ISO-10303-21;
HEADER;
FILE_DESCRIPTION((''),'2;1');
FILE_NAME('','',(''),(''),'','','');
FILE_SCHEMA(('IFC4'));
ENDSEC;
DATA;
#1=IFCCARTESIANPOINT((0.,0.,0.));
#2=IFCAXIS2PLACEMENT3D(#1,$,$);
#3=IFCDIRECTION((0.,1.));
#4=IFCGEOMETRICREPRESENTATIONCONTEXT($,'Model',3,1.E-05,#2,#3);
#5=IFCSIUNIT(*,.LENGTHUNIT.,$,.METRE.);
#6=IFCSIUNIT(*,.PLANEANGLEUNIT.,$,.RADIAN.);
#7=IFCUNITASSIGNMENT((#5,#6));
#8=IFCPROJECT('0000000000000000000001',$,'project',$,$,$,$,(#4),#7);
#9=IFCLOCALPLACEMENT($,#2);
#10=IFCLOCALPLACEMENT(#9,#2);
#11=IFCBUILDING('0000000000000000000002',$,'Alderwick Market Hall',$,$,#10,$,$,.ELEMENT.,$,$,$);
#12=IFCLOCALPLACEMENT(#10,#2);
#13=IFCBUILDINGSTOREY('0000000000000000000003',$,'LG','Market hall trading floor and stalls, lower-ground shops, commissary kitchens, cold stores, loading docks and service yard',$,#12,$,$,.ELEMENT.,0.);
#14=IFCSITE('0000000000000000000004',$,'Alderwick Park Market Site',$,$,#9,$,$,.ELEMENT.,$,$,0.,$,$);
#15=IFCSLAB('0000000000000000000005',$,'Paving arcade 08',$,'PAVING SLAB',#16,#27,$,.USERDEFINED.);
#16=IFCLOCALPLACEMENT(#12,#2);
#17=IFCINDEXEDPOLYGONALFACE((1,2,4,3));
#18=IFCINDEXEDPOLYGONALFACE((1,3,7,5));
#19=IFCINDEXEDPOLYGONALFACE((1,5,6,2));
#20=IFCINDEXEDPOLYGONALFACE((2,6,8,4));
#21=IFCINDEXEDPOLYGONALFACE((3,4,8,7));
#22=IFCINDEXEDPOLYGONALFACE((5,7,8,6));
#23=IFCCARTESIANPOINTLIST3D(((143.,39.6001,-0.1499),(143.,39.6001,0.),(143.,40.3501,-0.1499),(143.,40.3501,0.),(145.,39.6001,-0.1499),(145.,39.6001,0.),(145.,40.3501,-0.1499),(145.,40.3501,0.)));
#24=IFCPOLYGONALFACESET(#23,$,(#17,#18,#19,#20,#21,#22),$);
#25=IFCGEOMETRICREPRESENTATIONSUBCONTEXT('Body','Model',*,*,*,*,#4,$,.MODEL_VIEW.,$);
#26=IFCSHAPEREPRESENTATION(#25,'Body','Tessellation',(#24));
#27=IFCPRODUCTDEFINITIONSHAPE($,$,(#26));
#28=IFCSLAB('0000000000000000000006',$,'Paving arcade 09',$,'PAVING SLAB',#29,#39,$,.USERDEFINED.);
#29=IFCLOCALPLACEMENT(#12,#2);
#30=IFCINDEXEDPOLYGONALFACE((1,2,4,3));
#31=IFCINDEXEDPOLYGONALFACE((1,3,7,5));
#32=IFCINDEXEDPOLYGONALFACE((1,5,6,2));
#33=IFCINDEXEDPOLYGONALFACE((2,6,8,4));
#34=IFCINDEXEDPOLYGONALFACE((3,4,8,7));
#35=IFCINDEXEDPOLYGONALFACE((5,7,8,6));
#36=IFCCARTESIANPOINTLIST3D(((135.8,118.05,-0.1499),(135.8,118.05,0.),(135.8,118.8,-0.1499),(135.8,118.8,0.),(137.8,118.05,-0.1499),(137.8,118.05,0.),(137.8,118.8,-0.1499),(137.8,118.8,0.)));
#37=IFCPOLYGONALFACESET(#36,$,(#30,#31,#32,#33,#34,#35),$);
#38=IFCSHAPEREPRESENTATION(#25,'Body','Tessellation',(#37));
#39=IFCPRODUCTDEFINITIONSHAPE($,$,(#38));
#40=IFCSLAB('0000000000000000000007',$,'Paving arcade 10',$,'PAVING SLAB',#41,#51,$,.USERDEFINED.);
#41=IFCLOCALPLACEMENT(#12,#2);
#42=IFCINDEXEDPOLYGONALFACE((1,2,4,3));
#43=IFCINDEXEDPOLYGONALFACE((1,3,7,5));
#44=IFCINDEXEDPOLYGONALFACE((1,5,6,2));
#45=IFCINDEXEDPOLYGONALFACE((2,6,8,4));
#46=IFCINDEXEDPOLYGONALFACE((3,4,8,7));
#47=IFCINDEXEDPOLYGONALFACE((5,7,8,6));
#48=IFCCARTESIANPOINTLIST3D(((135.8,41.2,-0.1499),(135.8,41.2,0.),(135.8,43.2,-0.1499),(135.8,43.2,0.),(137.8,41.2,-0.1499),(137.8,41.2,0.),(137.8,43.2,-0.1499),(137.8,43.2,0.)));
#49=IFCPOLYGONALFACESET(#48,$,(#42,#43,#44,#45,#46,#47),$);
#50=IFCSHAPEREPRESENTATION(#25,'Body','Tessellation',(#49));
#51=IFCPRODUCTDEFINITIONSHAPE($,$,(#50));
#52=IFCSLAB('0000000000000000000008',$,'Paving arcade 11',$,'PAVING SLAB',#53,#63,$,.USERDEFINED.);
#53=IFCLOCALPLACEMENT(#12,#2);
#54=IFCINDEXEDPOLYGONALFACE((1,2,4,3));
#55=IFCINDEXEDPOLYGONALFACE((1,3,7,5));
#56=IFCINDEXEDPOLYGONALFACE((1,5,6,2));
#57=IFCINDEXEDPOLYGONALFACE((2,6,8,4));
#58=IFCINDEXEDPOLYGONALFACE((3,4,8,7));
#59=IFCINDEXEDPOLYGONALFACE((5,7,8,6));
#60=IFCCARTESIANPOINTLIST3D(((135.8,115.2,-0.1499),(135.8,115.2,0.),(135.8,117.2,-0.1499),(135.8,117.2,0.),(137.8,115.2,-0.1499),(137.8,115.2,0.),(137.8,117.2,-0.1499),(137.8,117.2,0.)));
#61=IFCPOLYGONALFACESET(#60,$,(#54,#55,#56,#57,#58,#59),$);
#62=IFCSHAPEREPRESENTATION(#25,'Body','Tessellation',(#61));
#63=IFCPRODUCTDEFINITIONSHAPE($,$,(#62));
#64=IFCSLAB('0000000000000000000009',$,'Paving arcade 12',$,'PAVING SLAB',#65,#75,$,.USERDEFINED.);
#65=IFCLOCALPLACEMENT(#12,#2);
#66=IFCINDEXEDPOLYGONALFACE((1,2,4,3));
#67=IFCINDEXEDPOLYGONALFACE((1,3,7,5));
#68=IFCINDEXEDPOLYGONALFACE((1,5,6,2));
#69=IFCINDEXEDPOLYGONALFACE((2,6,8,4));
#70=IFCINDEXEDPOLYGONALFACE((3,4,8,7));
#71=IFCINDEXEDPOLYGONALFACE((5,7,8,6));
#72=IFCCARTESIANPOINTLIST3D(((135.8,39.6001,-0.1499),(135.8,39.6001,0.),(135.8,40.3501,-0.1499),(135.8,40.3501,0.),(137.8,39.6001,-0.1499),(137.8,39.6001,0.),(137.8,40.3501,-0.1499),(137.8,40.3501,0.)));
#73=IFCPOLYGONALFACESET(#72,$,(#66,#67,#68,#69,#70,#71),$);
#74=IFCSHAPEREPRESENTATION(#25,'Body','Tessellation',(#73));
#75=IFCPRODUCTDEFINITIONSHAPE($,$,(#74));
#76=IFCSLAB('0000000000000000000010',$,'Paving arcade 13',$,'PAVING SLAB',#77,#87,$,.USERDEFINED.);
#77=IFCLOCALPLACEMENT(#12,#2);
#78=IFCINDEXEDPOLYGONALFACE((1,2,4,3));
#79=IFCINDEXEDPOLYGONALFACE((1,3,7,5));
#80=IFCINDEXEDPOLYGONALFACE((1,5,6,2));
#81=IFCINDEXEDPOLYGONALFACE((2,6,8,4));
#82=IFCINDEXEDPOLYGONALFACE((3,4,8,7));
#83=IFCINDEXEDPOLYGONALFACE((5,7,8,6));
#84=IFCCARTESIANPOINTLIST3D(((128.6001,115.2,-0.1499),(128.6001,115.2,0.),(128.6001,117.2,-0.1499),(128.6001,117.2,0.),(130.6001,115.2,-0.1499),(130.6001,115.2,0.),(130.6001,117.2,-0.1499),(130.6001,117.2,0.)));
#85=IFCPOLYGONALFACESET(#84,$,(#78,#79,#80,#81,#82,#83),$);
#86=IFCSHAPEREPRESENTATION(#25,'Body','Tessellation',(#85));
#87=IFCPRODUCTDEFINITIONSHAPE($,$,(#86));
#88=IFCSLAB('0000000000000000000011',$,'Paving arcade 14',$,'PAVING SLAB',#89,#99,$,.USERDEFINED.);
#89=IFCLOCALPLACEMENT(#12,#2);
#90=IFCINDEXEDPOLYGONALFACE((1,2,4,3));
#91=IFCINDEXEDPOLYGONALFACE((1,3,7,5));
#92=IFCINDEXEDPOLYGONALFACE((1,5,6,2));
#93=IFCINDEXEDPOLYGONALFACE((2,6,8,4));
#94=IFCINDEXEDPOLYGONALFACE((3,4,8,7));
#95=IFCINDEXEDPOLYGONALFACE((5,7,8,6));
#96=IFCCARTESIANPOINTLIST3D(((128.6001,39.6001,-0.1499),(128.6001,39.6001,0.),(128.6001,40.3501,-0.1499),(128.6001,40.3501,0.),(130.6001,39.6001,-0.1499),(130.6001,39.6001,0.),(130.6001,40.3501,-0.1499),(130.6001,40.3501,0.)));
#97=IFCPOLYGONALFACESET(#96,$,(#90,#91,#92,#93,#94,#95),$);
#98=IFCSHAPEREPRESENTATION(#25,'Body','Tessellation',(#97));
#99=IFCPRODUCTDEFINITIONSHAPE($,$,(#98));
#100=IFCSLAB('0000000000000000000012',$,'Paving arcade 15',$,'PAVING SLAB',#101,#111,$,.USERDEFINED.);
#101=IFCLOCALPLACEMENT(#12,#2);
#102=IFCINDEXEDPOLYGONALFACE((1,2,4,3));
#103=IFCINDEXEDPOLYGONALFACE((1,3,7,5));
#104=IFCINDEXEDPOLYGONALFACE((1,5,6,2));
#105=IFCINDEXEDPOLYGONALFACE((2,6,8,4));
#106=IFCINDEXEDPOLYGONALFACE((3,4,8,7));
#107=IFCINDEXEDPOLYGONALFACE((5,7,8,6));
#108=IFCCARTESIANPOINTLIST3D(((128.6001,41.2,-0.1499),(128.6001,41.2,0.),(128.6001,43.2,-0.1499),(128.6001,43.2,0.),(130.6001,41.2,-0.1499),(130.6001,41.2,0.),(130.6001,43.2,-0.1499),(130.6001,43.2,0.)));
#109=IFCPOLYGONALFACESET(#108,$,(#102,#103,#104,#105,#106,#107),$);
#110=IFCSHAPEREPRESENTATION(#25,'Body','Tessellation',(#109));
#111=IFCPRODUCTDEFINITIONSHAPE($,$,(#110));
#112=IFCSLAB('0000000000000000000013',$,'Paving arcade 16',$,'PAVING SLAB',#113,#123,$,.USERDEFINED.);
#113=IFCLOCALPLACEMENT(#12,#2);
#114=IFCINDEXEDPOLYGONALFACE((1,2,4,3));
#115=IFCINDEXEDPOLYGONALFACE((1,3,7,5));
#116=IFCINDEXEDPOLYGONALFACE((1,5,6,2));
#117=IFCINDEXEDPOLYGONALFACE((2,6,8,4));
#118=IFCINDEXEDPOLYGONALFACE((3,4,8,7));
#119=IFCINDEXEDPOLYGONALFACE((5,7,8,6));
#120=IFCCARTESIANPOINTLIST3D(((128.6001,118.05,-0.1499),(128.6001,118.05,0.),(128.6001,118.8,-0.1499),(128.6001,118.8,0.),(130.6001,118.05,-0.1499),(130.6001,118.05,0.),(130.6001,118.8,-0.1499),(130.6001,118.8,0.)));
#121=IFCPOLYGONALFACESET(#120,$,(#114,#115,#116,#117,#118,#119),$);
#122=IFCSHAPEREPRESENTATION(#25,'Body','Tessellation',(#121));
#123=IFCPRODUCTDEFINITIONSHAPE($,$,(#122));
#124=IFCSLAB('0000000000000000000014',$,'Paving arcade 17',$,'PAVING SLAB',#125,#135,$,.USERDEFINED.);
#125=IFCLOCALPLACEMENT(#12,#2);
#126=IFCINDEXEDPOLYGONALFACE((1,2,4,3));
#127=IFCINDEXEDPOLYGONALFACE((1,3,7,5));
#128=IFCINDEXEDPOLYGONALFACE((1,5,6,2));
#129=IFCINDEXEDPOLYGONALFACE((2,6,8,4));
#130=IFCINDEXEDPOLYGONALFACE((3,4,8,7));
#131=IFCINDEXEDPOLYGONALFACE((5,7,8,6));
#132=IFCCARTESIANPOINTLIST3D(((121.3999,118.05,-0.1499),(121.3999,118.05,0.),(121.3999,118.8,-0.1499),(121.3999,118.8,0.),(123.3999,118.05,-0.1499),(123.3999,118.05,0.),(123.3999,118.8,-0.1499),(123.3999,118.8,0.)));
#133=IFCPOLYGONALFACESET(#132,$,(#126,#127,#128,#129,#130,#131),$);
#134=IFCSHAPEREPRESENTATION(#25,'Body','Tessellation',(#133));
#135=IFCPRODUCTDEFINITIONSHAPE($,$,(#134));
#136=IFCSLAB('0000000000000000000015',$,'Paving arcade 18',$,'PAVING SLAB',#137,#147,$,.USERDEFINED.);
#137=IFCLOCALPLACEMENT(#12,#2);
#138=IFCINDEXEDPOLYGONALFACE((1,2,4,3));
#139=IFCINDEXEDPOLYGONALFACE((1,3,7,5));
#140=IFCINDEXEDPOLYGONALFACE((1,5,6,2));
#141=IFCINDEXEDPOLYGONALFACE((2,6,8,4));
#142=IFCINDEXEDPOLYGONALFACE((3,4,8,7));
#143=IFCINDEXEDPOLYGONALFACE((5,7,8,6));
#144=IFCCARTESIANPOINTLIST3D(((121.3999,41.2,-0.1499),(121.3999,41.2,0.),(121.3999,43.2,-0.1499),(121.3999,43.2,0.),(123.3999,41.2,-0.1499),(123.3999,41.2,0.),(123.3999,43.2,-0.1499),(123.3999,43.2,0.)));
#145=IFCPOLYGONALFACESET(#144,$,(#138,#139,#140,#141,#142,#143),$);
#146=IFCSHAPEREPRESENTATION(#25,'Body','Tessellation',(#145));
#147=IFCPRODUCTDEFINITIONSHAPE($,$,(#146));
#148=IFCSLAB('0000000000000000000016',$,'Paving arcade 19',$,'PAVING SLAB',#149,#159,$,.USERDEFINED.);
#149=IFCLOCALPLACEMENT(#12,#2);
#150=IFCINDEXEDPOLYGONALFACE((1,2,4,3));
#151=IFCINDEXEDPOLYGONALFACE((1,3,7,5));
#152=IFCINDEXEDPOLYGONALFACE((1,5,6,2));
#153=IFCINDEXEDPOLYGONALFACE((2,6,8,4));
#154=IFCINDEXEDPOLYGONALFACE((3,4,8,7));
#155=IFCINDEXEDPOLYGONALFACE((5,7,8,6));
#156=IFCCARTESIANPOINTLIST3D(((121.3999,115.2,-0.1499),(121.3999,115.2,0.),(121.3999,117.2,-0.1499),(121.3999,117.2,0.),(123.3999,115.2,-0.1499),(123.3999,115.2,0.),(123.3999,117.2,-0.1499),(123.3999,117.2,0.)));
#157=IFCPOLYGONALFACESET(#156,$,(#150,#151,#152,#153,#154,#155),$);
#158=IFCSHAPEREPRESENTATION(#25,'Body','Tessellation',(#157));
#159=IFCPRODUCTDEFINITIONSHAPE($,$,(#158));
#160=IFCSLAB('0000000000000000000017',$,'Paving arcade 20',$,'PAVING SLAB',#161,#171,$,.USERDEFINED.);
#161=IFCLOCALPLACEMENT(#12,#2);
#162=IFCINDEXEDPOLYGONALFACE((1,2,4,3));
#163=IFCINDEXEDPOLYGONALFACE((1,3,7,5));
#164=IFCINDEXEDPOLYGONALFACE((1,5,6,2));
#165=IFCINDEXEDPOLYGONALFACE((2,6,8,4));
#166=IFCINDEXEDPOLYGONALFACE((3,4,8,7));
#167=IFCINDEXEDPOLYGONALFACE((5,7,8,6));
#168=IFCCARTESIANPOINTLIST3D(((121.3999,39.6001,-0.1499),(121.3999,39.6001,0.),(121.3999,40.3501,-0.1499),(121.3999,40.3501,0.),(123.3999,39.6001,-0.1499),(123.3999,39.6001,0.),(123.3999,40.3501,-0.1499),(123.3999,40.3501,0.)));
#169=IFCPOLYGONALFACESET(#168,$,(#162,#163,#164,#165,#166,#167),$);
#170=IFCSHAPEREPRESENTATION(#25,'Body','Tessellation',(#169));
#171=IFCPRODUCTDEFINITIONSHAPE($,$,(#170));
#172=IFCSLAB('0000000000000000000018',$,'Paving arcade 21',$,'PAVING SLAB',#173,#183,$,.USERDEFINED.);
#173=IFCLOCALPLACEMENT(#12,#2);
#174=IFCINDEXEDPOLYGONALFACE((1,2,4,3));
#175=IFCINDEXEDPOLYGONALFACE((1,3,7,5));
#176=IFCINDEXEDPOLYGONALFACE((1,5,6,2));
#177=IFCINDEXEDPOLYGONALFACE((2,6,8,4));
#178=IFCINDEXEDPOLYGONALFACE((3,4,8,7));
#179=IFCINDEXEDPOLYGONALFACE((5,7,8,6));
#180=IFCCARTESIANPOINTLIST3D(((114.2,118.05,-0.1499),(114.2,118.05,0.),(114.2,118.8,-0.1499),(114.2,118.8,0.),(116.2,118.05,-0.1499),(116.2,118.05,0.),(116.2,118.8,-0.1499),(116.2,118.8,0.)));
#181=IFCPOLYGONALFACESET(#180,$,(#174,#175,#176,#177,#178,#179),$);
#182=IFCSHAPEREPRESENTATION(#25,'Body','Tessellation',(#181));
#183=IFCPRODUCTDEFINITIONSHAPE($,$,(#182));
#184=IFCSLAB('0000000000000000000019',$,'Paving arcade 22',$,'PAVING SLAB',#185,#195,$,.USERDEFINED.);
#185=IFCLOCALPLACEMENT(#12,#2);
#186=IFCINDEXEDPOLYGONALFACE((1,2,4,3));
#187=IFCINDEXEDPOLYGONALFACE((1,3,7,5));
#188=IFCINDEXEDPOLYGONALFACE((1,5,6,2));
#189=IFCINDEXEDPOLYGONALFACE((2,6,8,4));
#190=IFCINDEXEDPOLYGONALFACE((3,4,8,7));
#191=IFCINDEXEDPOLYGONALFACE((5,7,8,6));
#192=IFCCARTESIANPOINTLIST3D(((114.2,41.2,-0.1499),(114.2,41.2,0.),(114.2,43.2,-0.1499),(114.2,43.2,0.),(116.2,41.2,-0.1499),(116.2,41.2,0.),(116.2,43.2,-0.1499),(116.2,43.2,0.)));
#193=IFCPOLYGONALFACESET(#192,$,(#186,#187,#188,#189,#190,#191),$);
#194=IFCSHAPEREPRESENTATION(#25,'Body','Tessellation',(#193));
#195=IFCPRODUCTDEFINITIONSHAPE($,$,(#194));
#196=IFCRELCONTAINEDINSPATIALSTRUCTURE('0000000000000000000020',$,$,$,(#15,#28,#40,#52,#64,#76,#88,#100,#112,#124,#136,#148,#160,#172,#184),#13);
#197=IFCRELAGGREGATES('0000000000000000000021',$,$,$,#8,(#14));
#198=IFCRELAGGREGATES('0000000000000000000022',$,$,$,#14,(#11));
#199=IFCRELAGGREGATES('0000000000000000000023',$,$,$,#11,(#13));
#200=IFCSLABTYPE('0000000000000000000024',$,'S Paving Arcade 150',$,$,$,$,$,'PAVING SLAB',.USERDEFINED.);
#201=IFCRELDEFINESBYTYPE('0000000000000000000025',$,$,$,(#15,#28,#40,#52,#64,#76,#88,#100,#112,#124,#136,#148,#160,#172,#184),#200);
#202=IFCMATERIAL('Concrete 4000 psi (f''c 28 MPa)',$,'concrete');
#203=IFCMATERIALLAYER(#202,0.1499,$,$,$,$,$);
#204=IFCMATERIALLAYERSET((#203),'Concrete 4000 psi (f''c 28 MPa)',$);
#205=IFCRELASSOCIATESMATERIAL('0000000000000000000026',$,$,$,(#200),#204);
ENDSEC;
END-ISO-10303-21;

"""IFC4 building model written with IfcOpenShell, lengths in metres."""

from ifc_helpers import new_model, si_unit, direction, frame, origin, place, context, subcontext, project, spatial, polyline, outline, extrude, material, layer, layer_set, type_object, element, save


model = new_model("IFC4")

# Units and contexts
model_context = context("Model", 3, precision=1e-05, world=origin(), true_north=direction((0.0, 1.0)))
body_context = subcontext(model_context, "Body", "Model", "MODEL_VIEW")
ifc_project = project(units=[si_unit("LENGTHUNIT", "METRE"), si_unit("PLANEANGLEUNIT", "RADIAN")], contexts=[model_context])

# Site, building, storey
site_placement = place(None, origin())
site = spatial("IfcSite", under=ifc_project, at=site_placement, Name="Alderwick Park Market Site", CompositionType="ELEMENT", RefElevation=0.0)
building_placement = place(site_placement, origin())
building = spatial("IfcBuilding", under=site, at=building_placement, Name="Alderwick Market Hall", CompositionType="ELEMENT")
storey_placement = place(building_placement, origin())
storey = spatial("IfcBuildingStorey", under=building, at=storey_placement, Name="LG", Description="Market hall trading floor and stalls, lower-ground shops, commissary kitchens, cold stores, loading docks and service yard", CompositionType="ELEMENT", Elevation=0.0)

# Slabs
ifc_material = material(Name="Concrete 4000 psi (f'c 28 MPa)", Category="concrete")
ifc_layer = layer(ifc_material, 0.1499)
ifc_layer_set = layer_set([ifc_layer], Name="Concrete 4000 psi (f'c 28 MPa)")
slab_type = type_object("IfcSlabType", Name="S Paving Arcade 150", ElementType="PAVING SLAB", PredefinedType="USERDEFINED", material=ifc_layer_set)
slab_1_placement = place(storey_placement, frame((0.0, 0.0, -0.1499)))
element("IfcSlab", 1, at=slab_1_placement, inside=storey, type_object=slab_type, Name="Paving arcade 08", ObjectType="PAVING SLAB", PredefinedType="USERDEFINED", context=body_context, shape_type="SweptSolid", body=[
    extrude(outline(polyline([(145.0, 39.6001), (145.0, 40.3501), (143.0, 40.3501), (143.0, 39.6001), (145.0, 39.6001)])), origin(), (0.0, 0.0, 1.0), 0.1499),
])
slab_2_placement = place(storey_placement, frame((0.0, 0.0, -0.1499)))
element("IfcSlab", 2, at=slab_2_placement, inside=storey, type_object=slab_type, Name="Paving arcade 09", ObjectType="PAVING SLAB", PredefinedType="USERDEFINED", context=body_context, shape_type="SweptSolid", body=[
    extrude(outline(polyline([(135.8, 118.8), (135.8, 118.05), (137.8, 118.05), (137.8, 118.8), (135.8, 118.8)])), origin(), (0.0, 0.0, 1.0), 0.1499),
])
slab_3_placement = place(storey_placement, frame((0.0, 0.0, -0.1499)))
element("IfcSlab", 3, at=slab_3_placement, inside=storey, type_object=slab_type, Name="Paving arcade 10", ObjectType="PAVING SLAB", PredefinedType="USERDEFINED", context=body_context, shape_type="SweptSolid", body=[
    extrude(outline(polyline([(135.8, 43.2), (135.8, 41.2), (137.8, 41.2), (137.8, 43.2), (135.8, 43.2)])), origin(), (0.0, 0.0, 1.0), 0.1499),
])
slab_4_placement = place(storey_placement, frame((0.0, 0.0, -0.1499)))
element("IfcSlab", 4, at=slab_4_placement, inside=storey, type_object=slab_type, Name="Paving arcade 11", ObjectType="PAVING SLAB", PredefinedType="USERDEFINED", context=body_context, shape_type="SweptSolid", body=[
    extrude(outline(polyline([(137.8, 115.2), (137.8, 117.2), (135.8, 117.2), (135.8, 115.2), (137.8, 115.2)])), origin(), (0.0, 0.0, 1.0), 0.1499),
])
slab_5_placement = place(storey_placement, frame((0.0, 0.0, -0.1499)))
element("IfcSlab", 5, at=slab_5_placement, inside=storey, type_object=slab_type, Name="Paving arcade 12", ObjectType="PAVING SLAB", PredefinedType="USERDEFINED", context=body_context, shape_type="SweptSolid", body=[
    extrude(outline(polyline([(137.8, 39.6001), (137.8, 40.3501), (135.8, 40.3501), (135.8, 39.6001), (137.8, 39.6001)])), origin(), (0.0, 0.0, 1.0), 0.1499),
])
slab_6_placement = place(storey_placement, frame((0.0, 0.0, -0.1499)))
element("IfcSlab", 6, at=slab_6_placement, inside=storey, type_object=slab_type, Name="Paving arcade 13", ObjectType="PAVING SLAB", PredefinedType="USERDEFINED", context=body_context, shape_type="SweptSolid", body=[
    extrude(outline(polyline([(130.6001, 115.2), (130.6001, 117.2), (128.6001, 117.2), (128.6001, 115.2), (130.6001, 115.2)])), origin(), (0.0, 0.0, 1.0), 0.1499),
])
slab_7_placement = place(storey_placement, frame((0.0, 0.0, -0.1499)))
element("IfcSlab", 7, at=slab_7_placement, inside=storey, type_object=slab_type, Name="Paving arcade 14", ObjectType="PAVING SLAB", PredefinedType="USERDEFINED", context=body_context, shape_type="SweptSolid", body=[
    extrude(outline(polyline([(130.6001, 39.6001), (130.6001, 40.3501), (128.6001, 40.3501), (128.6001, 39.6001), (130.6001, 39.6001)])), origin(), (0.0, 0.0, 1.0), 0.1499),
])
slab_8_placement = place(storey_placement, frame((0.0, 0.0, -0.1499)))
element("IfcSlab", 8, at=slab_8_placement, inside=storey, type_object=slab_type, Name="Paving arcade 15", ObjectType="PAVING SLAB", PredefinedType="USERDEFINED", context=body_context, shape_type="SweptSolid", body=[
    extrude(outline(polyline([(128.6001, 43.2), (128.6001, 41.2), (130.6001, 41.2), (130.6001, 43.2), (128.6001, 43.2)])), origin(), (0.0, 0.0, 1.0), 0.1499),
])
slab_9_placement = place(storey_placement, frame((0.0, 0.0, -0.1499)))
element("IfcSlab", 9, at=slab_9_placement, inside=storey, type_object=slab_type, Name="Paving arcade 16", ObjectType="PAVING SLAB", PredefinedType="USERDEFINED", context=body_context, shape_type="SweptSolid", body=[
    extrude(outline(polyline([(128.6001, 118.8), (128.6001, 118.05), (130.6001, 118.05), (130.6001, 118.8), (128.6001, 118.8)])), origin(), (0.0, 0.0, 1.0), 0.1499),
])
slab_10_placement = place(storey_placement, frame((0.0, 0.0, -0.1499)))
element("IfcSlab", 10, at=slab_10_placement, inside=storey, type_object=slab_type, Name="Paving arcade 17", ObjectType="PAVING SLAB", PredefinedType="USERDEFINED", context=body_context, shape_type="SweptSolid", body=[
    extrude(outline(polyline([(121.3999, 118.8), (121.3999, 118.05), (123.3999, 118.05), (123.3999, 118.8), (121.3999, 118.8)])), origin(), (0.0, 0.0, 1.0), 0.1499),
])
slab_11_placement = place(storey_placement, frame((0.0, 0.0, -0.1499)))
element("IfcSlab", 11, at=slab_11_placement, inside=storey, type_object=slab_type, Name="Paving arcade 18", ObjectType="PAVING SLAB", PredefinedType="USERDEFINED", context=body_context, shape_type="SweptSolid", body=[
    extrude(outline(polyline([(121.3999, 43.2), (121.3999, 41.2), (123.3999, 41.2), (123.3999, 43.2), (121.3999, 43.2)])), origin(), (0.0, 0.0, 1.0), 0.1499),
])
slab_12_placement = place(storey_placement, frame((0.0, 0.0, -0.1499)))
element("IfcSlab", 12, at=slab_12_placement, inside=storey, type_object=slab_type, Name="Paving arcade 19", ObjectType="PAVING SLAB", PredefinedType="USERDEFINED", context=body_context, shape_type="SweptSolid", body=[
    extrude(outline(polyline([(123.3999, 115.2), (123.3999, 117.2), (121.3999, 117.2), (121.3999, 115.2), (123.3999, 115.2)])), origin(), (0.0, 0.0, 1.0), 0.1499),
])
slab_13_placement = place(storey_placement, frame((0.0, 0.0, -0.1499)))
element("IfcSlab", 13, at=slab_13_placement, inside=storey, type_object=slab_type, Name="Paving arcade 20", ObjectType="PAVING SLAB", PredefinedType="USERDEFINED", context=body_context, shape_type="SweptSolid", body=[
    extrude(outline(polyline([(123.3999, 39.6001), (123.3999, 40.3501), (121.3999, 40.3501), (121.3999, 39.6001), (123.3999, 39.6001)])), origin(), (0.0, 0.0, 1.0), 0.1499),
])
slab_14_placement = place(storey_placement, frame((0.0, 0.0, -0.1499)))
element("IfcSlab", 14, at=slab_14_placement, inside=storey, type_object=slab_type, Name="Paving arcade 21", ObjectType="PAVING SLAB", PredefinedType="USERDEFINED", context=body_context, shape_type="SweptSolid", body=[
    extrude(outline(polyline([(114.2, 118.8), (114.2, 118.05), (116.2, 118.05), (116.2, 118.8), (114.2, 118.8)])), origin(), (0.0, 0.0, 1.0), 0.1499),
])
slab_15_placement = place(storey_placement, frame((0.0, 0.0, -0.1499)))
element("IfcSlab", 15, at=slab_15_placement, inside=storey, type_object=slab_type, Name="Paving arcade 22", ObjectType="PAVING SLAB", PredefinedType="USERDEFINED", context=body_context, shape_type="SweptSolid", body=[
    extrude(outline(polyline([(114.2, 43.2), (114.2, 41.2), (116.2, 41.2), (116.2, 43.2), (114.2, 43.2)])), origin(), (0.0, 0.0, 1.0), 0.1499),
])

save(model, "model.ifc")
